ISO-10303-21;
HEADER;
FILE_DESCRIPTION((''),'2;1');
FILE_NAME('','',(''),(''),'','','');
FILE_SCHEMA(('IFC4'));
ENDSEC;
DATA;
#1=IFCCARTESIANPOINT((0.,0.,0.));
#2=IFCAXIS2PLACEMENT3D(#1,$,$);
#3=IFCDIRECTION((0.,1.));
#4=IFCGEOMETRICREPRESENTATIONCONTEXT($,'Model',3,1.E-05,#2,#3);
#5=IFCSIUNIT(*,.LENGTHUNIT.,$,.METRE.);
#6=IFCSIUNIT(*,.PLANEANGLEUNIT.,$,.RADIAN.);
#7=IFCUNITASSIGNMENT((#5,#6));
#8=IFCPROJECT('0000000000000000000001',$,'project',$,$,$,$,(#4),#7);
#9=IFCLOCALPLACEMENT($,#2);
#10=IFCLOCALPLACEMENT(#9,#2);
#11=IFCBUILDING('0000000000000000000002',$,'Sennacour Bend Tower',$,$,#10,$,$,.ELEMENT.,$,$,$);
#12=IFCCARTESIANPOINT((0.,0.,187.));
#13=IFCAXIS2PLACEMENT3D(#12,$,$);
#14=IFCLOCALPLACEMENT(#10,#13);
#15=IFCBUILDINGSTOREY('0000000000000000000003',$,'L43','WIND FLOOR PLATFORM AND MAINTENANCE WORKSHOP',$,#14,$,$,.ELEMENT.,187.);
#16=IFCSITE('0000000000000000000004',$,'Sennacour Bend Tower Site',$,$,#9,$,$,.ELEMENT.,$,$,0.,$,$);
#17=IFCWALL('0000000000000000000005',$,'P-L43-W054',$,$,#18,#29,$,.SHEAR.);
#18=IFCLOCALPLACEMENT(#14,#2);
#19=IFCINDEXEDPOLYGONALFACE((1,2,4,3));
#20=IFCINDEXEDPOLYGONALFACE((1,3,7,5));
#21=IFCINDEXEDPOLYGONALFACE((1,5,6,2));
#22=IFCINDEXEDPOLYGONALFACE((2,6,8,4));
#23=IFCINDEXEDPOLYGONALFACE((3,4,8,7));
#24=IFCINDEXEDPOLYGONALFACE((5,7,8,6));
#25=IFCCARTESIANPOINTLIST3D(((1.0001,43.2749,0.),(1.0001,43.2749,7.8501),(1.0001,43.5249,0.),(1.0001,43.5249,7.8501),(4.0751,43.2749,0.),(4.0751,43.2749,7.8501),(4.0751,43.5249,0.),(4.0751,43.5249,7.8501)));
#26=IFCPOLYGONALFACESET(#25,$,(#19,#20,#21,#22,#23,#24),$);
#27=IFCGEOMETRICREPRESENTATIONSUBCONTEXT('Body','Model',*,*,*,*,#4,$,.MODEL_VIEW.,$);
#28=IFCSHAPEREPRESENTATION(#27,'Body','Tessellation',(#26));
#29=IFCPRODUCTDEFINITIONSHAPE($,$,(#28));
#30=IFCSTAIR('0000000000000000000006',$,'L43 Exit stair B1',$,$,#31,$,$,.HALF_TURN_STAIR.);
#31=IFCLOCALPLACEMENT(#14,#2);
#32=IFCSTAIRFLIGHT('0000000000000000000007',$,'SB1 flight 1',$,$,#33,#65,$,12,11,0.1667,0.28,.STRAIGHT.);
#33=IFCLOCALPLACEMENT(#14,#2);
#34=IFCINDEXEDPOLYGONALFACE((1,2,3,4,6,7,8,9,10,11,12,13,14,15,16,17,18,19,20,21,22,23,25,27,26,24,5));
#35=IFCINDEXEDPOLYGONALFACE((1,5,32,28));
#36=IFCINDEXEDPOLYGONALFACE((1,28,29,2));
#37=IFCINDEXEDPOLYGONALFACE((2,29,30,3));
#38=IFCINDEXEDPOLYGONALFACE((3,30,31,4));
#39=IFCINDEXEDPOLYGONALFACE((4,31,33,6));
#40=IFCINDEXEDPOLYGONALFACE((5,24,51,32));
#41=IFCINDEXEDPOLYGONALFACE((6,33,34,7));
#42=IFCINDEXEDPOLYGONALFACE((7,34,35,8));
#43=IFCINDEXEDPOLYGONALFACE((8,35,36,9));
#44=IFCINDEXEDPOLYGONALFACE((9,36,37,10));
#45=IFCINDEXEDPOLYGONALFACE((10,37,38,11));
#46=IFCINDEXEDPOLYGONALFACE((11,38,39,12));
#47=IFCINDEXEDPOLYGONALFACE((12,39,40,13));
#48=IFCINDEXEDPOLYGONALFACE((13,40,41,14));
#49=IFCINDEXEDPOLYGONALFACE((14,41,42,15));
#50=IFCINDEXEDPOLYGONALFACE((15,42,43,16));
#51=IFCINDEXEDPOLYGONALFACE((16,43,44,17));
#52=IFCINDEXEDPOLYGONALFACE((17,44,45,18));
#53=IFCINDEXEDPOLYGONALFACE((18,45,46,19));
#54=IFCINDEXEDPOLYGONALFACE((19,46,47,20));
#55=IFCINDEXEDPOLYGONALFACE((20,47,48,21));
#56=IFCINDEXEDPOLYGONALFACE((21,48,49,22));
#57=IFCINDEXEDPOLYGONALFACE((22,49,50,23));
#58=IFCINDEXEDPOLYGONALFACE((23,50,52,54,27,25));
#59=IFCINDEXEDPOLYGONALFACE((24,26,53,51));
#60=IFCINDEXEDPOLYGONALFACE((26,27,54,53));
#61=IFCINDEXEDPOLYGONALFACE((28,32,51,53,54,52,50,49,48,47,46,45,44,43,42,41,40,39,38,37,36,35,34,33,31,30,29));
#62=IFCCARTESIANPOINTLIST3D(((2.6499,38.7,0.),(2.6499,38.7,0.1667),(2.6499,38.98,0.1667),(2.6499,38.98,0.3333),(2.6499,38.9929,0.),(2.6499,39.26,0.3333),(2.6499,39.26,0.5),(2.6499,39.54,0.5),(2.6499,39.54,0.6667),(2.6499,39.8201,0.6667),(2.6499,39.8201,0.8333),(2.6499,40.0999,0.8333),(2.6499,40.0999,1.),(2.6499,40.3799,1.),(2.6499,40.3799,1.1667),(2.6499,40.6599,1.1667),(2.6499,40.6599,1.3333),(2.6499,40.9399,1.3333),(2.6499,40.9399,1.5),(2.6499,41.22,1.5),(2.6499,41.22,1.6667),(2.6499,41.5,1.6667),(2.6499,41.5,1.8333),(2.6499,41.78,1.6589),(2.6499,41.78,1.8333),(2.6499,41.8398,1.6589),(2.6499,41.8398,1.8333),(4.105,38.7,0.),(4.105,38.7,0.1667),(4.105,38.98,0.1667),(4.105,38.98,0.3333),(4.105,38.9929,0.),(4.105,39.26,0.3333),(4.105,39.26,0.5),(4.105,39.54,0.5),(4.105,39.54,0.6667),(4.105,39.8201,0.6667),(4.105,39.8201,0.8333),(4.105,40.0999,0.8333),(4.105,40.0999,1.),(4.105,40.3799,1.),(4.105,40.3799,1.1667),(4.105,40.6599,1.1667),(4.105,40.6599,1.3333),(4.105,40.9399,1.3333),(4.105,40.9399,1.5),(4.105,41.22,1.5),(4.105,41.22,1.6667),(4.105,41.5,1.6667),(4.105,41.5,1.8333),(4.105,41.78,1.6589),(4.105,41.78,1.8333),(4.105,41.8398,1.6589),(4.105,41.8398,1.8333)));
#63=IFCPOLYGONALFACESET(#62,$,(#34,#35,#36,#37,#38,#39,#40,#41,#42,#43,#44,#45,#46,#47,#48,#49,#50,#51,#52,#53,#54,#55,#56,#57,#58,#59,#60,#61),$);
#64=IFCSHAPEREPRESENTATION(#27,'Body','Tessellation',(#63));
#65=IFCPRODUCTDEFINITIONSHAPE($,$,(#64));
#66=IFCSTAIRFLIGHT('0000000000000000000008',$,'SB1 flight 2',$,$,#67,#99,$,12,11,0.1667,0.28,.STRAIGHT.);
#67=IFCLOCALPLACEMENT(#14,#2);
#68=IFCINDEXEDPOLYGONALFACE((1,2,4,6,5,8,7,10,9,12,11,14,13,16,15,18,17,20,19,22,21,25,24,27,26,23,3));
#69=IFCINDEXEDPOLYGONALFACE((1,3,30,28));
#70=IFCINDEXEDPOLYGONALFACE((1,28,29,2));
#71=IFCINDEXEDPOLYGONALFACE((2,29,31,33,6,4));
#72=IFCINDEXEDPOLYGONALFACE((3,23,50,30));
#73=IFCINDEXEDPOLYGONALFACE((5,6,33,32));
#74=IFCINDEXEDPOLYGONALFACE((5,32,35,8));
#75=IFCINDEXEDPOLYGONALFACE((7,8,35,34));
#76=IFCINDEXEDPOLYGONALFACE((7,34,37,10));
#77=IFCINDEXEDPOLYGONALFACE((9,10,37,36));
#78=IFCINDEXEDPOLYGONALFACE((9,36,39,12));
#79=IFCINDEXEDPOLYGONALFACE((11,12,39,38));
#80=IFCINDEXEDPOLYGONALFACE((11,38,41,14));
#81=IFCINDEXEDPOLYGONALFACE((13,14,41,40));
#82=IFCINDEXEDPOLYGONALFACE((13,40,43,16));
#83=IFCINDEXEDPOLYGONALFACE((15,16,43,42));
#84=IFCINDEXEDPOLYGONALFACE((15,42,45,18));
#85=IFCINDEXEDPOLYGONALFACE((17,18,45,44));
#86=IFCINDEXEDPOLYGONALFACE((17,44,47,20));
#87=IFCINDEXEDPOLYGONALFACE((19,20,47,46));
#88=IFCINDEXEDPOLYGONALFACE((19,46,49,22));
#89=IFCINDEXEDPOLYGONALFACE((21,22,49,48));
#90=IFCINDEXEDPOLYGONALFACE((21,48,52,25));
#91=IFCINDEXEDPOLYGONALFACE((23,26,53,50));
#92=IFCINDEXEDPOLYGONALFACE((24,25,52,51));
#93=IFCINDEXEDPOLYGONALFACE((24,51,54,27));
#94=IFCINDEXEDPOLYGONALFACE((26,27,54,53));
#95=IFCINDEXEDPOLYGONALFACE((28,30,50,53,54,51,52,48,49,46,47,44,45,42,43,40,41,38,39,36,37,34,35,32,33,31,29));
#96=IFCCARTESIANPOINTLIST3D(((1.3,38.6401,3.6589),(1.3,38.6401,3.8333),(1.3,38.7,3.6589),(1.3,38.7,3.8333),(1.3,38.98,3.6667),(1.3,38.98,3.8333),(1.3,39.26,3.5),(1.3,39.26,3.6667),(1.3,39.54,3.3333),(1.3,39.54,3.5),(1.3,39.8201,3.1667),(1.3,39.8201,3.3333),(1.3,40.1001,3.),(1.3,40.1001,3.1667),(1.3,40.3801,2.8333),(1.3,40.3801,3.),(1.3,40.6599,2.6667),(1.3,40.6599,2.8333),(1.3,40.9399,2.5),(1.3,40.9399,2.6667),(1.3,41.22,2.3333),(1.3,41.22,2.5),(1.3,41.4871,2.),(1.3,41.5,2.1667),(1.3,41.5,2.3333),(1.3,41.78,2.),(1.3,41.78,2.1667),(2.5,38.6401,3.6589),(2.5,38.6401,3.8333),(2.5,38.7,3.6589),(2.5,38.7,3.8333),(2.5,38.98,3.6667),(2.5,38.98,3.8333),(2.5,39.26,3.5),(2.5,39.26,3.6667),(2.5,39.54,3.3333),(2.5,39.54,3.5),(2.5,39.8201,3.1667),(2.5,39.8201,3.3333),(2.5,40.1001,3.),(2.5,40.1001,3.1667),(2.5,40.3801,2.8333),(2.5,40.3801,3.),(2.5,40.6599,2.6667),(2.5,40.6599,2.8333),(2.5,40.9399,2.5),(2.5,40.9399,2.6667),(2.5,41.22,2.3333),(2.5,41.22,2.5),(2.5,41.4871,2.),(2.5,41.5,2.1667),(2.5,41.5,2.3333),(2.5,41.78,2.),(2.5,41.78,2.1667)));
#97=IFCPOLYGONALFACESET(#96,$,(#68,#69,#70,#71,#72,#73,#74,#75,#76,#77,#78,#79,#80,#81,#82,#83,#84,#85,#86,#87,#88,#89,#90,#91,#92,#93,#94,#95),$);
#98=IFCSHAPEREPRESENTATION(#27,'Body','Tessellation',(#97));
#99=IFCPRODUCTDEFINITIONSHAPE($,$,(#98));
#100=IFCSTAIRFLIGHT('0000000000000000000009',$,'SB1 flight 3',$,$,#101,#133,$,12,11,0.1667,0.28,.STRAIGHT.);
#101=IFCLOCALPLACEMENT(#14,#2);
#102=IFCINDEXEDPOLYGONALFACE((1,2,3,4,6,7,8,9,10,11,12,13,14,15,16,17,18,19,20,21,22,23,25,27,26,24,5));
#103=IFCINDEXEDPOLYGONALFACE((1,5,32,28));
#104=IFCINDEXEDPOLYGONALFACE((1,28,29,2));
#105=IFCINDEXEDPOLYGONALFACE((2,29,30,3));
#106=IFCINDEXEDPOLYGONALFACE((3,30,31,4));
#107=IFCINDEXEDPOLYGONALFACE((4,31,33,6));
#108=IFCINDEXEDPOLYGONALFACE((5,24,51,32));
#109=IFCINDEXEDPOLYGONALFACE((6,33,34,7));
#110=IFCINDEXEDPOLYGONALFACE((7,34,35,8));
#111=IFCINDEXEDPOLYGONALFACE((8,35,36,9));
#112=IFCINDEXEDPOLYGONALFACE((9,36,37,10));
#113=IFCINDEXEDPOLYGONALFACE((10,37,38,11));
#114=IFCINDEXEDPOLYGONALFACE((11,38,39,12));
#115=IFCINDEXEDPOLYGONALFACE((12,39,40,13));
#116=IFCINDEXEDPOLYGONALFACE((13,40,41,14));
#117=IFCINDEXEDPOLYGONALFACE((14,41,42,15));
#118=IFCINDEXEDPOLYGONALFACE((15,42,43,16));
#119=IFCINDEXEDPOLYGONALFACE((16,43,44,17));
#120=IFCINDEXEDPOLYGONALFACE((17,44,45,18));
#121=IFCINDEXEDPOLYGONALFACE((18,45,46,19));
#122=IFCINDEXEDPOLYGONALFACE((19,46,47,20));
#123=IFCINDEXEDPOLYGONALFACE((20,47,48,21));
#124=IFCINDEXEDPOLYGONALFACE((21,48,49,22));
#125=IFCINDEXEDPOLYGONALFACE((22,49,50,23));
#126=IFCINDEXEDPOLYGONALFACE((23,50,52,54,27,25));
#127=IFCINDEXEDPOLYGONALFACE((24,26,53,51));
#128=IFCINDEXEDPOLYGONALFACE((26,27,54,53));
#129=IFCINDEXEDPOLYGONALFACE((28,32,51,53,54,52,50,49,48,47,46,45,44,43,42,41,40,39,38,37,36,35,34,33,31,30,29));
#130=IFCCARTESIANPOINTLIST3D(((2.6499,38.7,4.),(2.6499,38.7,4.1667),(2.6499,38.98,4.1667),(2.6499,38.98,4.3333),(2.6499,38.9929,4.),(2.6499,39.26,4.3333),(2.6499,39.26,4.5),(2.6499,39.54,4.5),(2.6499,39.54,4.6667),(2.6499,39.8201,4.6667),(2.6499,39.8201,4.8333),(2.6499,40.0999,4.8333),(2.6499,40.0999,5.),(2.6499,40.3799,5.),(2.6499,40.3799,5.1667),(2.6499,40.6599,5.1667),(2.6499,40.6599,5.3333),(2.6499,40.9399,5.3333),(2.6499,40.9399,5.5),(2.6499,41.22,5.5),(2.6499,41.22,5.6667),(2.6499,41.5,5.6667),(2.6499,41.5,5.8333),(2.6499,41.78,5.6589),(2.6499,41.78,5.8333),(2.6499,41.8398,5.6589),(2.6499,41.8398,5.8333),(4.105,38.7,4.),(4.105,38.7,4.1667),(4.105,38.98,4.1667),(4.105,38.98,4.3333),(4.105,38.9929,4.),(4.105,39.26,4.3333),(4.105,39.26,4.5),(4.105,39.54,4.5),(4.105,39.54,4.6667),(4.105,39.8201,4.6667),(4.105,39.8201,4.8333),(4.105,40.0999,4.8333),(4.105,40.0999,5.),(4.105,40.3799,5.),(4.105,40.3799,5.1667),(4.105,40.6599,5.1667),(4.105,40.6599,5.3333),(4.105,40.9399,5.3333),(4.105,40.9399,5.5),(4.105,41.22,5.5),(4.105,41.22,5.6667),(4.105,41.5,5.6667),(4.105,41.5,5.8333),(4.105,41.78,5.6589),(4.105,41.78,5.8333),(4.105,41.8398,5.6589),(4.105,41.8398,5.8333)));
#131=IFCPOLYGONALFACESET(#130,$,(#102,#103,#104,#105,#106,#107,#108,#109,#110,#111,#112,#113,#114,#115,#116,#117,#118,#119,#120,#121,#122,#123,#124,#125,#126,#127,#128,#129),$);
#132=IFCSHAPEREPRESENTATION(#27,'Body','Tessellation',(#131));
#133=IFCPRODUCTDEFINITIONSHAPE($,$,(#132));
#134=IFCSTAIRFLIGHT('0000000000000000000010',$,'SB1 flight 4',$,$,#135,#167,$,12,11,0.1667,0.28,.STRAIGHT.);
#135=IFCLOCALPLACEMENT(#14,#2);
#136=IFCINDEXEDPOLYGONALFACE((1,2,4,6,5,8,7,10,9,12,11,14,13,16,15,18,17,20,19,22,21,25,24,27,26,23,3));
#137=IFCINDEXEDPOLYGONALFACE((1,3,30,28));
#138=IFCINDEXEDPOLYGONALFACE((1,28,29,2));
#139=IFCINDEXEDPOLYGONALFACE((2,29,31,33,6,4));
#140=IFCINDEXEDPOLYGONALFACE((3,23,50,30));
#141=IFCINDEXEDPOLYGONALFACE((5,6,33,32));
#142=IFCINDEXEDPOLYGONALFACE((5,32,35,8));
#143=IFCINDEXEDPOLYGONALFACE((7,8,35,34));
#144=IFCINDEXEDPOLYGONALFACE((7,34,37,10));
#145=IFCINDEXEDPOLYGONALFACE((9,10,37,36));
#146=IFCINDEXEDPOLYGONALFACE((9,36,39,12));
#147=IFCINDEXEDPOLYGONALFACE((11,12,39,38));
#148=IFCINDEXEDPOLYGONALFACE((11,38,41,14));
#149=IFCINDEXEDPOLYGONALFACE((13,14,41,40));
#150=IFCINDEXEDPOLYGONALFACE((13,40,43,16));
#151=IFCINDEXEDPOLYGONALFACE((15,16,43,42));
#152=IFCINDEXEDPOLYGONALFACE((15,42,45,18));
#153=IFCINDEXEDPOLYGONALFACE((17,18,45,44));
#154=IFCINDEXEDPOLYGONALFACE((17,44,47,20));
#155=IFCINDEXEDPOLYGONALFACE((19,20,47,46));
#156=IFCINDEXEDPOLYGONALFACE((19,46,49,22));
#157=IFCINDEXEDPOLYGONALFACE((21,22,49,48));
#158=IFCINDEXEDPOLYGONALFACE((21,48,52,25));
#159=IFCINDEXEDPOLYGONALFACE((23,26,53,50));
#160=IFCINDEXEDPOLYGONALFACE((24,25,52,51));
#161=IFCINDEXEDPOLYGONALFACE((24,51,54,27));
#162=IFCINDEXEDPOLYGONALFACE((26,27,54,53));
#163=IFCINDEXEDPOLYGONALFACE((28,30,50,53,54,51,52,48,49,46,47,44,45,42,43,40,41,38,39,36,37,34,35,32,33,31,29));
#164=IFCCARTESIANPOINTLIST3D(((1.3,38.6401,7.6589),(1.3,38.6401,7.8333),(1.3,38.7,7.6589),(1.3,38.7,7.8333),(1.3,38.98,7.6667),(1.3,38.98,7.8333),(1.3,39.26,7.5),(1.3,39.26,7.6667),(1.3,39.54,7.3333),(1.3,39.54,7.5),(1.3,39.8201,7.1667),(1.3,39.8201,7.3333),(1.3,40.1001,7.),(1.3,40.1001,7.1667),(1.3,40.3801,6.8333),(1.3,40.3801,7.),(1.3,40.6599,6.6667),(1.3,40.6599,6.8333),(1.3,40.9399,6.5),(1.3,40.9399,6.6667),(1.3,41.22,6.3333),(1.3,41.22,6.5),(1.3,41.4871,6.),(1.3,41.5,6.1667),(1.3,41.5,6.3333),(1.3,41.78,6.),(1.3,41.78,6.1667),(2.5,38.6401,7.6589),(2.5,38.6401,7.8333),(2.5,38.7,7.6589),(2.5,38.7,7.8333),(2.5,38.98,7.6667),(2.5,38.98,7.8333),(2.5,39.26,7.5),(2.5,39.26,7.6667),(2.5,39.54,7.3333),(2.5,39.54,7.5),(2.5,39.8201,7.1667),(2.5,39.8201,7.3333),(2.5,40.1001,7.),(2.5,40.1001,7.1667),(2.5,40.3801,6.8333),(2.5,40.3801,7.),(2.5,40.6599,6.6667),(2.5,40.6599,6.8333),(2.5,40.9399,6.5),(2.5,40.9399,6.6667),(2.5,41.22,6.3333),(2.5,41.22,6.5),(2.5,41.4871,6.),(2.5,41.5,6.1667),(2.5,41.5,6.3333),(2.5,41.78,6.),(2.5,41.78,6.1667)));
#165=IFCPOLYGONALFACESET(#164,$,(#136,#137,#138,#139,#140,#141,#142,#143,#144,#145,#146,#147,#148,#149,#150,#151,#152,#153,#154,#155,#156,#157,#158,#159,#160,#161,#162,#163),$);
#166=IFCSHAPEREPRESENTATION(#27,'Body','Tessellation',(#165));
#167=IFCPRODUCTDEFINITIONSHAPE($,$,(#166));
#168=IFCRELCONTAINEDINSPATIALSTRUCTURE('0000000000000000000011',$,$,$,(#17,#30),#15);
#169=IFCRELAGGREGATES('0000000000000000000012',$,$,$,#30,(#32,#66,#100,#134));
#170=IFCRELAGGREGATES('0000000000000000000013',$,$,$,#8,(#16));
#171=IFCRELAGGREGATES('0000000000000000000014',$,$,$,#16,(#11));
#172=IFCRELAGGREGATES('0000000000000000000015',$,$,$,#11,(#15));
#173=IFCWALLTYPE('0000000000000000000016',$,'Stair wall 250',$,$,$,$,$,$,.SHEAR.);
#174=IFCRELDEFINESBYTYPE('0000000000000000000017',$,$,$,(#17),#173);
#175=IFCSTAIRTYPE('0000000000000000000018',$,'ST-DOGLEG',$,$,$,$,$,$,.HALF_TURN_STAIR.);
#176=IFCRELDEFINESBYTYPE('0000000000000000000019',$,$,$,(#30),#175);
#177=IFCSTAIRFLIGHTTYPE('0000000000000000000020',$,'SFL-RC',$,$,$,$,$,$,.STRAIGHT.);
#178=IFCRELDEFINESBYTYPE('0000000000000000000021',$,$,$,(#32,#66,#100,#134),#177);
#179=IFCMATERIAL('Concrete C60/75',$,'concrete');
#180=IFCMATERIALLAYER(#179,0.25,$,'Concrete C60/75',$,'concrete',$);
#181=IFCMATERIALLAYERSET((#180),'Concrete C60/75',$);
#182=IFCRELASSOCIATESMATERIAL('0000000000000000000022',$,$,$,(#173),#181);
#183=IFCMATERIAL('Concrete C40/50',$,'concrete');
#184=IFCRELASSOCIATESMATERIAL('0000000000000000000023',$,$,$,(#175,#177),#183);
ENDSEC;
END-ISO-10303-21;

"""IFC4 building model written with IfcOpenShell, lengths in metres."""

from ifc_helpers import new_model, si_unit, direction, frame, frame_2d, origin, place, context, subcontext, project, spatial, polyline, rectangle, outline, extrude, material, layer, layer_set, type_object, element, aggregate, save


model = new_model("IFC4")

# Units and contexts
model_context = context("Model", 3, precision=1e-05, world=origin(), true_north=direction((0.0, 1.0)))
body_context = subcontext(model_context, "Body", "Model", "MODEL_VIEW")
ifc_project = project(units=[si_unit("LENGTHUNIT", "METRE"), si_unit("PLANEANGLEUNIT", "RADIAN")], contexts=[model_context])

# Site, building, storey
site_placement = place(None, origin())
site = spatial("IfcSite", under=ifc_project, at=site_placement, Name="Sennacour Bend Tower Site", CompositionType="ELEMENT", RefElevation=0.0)
building_placement = place(site_placement, origin())
building = spatial("IfcBuilding", under=site, at=building_placement, Name="Sennacour Bend Tower", CompositionType="ELEMENT")
storey_placement = place(building_placement, frame((0.0, 0.0, 187.0)))
storey = spatial("IfcBuildingStorey", under=building, at=storey_placement, Name="L43", Description="WIND FLOOR PLATFORM AND MAINTENANCE WORKSHOP", CompositionType="ELEMENT", Elevation=187.0)

# Shared definitions
ifc_material_1 = material(Name="Concrete C60/75", Category="concrete")

# Wall
ifc_layer_1 = layer(ifc_material_1, 0.25, Name="Concrete C60/75", Category="concrete")
ifc_layer_set_1 = layer_set([ifc_layer_1], Name="Concrete C60/75")
wall_type_1 = type_object("IfcWallType", Name="Stair wall 250", PredefinedType="SHEAR", material=ifc_layer_set_1)
wall_1_placement = place(storey_placement, frame((1.0, 43.3999, 0.0), z_axis=(0.0, 0.0, 1.0), x_axis=(1.0, 0.0, 0.0)))
element("IfcWall", 1, at=wall_1_placement, inside=storey, type_object=wall_type_1, Name="P-L43-W054", PredefinedType="SHEAR", context=body_context, shape_type="SweptSolid", body=[
    extrude(rectangle(XDim=3.075, YDim=0.25, at=frame_2d((1.5376, 0.0))), origin(), (0.0, 0.0, 1.0), 7.8501),
])

# Stair, stair flights
ifc_material_2 = material(Name="Concrete C40/50", Category="concrete")
stair_type = type_object("IfcStairType", Name="ST-DOGLEG", PredefinedType="HALF_TURN_STAIR", material=ifc_material_2)
stair_placement = place(storey_placement, origin())
stair = element("IfcStair", 2, at=stair_placement, inside=storey, type_object=stair_type, Name="L43 Exit stair B1", PredefinedType="HALF_TURN_STAIR")
stair_flight_type = type_object("IfcStairFlightType", Name="SFL-RC", PredefinedType="STRAIGHT", material=ifc_material_2)
stair_flight_1_placement = place(storey_placement, frame((3.3774, 38.7, 0.0), z_axis=(0.0, 0.0, 1.0), x_axis=(0.0, 1.0, 0.0)))
stair_flight_1 = element("IfcStairFlight", 3, at=stair_flight_1_placement, type_object=stair_flight_type, Name="SB1 flight 1", NumberOfRisers=12, NumberOfTreads=11, PredefinedType="STRAIGHT", RiserHeight=0.1667, TreadLength=0.28, context=body_context, shape_type="SweptSolid", body=[
    extrude(outline(polyline([(0.0, 0.0), (0.0, 0.1667), (0.28, 0.1667), (0.28, 0.3333), (0.5601, 0.3333), (0.5601, 0.5), (0.8401, 0.5), (0.8401, 0.6667), (1.1201, 0.6667), (1.1201, 0.8333), (1.3999, 0.8333), (1.3999, 1.0), (1.6799, 1.0), (1.6799, 1.1667), (1.96, 1.1667), (1.96, 1.3333), (2.24, 1.3333), (2.24, 1.5), (2.52, 1.5), (2.52, 1.6667), (2.8, 1.6667), (2.8, 1.8333), (3.0801, 1.8333), (3.1399, 1.8333), (3.1399, 1.6589), (3.0801, 1.6589), (0.293, 0.0), (0.0, 0.0)])), frame((0.0, 0.7275, 0.0), z_axis=(0.0, -1.0, 0.0), x_axis=(1.0, 0.0, 0.0)), (0.0, 0.0, 1.0), 1.4551),
])
stair_flight_2_placement = place(storey_placement, frame((1.8999, 41.78, 2.0), z_axis=(0.0, 0.0, 1.0), x_axis=(0.0, -1.0, 0.0)))
stair_flight_2 = element("IfcStairFlight", 4, at=stair_flight_2_placement, type_object=stair_flight_type, Name="SB1 flight 2", NumberOfRisers=12, NumberOfTreads=11, PredefinedType="STRAIGHT", RiserHeight=0.1667, TreadLength=0.28, context=body_context, shape_type="SweptSolid", body=[
    extrude(outline(polyline([(0.0, 0.0), (0.0, 0.1667), (0.28, 0.1667), (0.28, 0.3333), (0.5601, 0.3333), (0.5601, 0.5), (0.8401, 0.5), (0.8401, 0.6667), (1.1201, 0.6667), (1.1201, 0.8333), (1.3999, 0.8333), (1.3999, 1.0), (1.6799, 1.0), (1.6799, 1.1667), (1.96, 1.1667), (1.96, 1.3333), (2.24, 1.3333), (2.24, 1.5), (2.52, 1.5), (2.52, 1.6667), (2.8, 1.6667), (2.8, 1.8333), (3.0801, 1.8333), (3.1399, 1.8333), (3.1399, 1.6589), (3.0801, 1.6589), (0.293, 0.0), (0.0, 0.0)])), frame((0.0, 0.6001, 0.0), z_axis=(0.0, -1.0, 0.0), x_axis=(1.0, 0.0, 0.0)), (0.0, 0.0, 1.0), 1.2),
])
stair_flight_3_placement = place(storey_placement, frame((3.3774, 38.7, 4.0), z_axis=(0.0, 0.0, 1.0), x_axis=(0.0, 1.0, 0.0)))
stair_flight_3 = element("IfcStairFlight", 5, at=stair_flight_3_placement, type_object=stair_flight_type, Name="SB1 flight 3", NumberOfRisers=12, NumberOfTreads=11, PredefinedType="STRAIGHT", RiserHeight=0.1667, TreadLength=0.28, context=body_context, shape_type="SweptSolid", body=[
    extrude(outline(polyline([(0.0, 0.0), (0.0, 0.1667), (0.28, 0.1667), (0.28, 0.3333), (0.5601, 0.3333), (0.5601, 0.5), (0.8401, 0.5), (0.8401, 0.6667), (1.1201, 0.6667), (1.1201, 0.8333), (1.3999, 0.8333), (1.3999, 1.0), (1.6799, 1.0), (1.6799, 1.1667), (1.96, 1.1667), (1.96, 1.3333), (2.24, 1.3333), (2.24, 1.5), (2.52, 1.5), (2.52, 1.6667), (2.8, 1.6667), (2.8, 1.8333), (3.0801, 1.8333), (3.1399, 1.8333), (3.1399, 1.6589), (3.0801, 1.6589), (0.293, 0.0), (0.0, 0.0)])), frame((0.0, 0.7275, 0.0), z_axis=(0.0, -1.0, 0.0), x_axis=(1.0, 0.0, 0.0)), (0.0, 0.0, 1.0), 1.4551),
])
stair_flight_4_placement = place(storey_placement, frame((1.8999, 41.78, 6.0), z_axis=(0.0, 0.0, 1.0), x_axis=(0.0, -1.0, 0.0)))
stair_flight_4 = element("IfcStairFlight", 6, at=stair_flight_4_placement, type_object=stair_flight_type, Name="SB1 flight 4", NumberOfRisers=12, NumberOfTreads=11, PredefinedType="STRAIGHT", RiserHeight=0.1667, TreadLength=0.28, context=body_context, shape_type="SweptSolid", body=[
    extrude(outline(polyline([(0.0, 0.0), (0.0, 0.1667), (0.28, 0.1667), (0.28, 0.3333), (0.5601, 0.3333), (0.5601, 0.5), (0.8401, 0.5), (0.8401, 0.6667), (1.1201, 0.6667), (1.1201, 0.8333), (1.3999, 0.8333), (1.3999, 1.0), (1.6799, 1.0), (1.6799, 1.1667), (1.96, 1.1667), (1.96, 1.3333), (2.24, 1.3333), (2.24, 1.5), (2.52, 1.5), (2.52, 1.6667), (2.8, 1.6667), (2.8, 1.8333), (3.0801, 1.8333), (3.1399, 1.8333), (3.1399, 1.6589), (3.0801, 1.6589), (0.293, 0.0), (0.0, 0.0)])), frame((0.0, 0.6001, 0.0), z_axis=(0.0, -1.0, 0.0), x_axis=(1.0, 0.0, 0.0)), (0.0, 0.0, 1.0), 1.2),
])
aggregate(stair, [stair_flight_1, stair_flight_2, stair_flight_3, stair_flight_4])

save(model, "model.ifc")
